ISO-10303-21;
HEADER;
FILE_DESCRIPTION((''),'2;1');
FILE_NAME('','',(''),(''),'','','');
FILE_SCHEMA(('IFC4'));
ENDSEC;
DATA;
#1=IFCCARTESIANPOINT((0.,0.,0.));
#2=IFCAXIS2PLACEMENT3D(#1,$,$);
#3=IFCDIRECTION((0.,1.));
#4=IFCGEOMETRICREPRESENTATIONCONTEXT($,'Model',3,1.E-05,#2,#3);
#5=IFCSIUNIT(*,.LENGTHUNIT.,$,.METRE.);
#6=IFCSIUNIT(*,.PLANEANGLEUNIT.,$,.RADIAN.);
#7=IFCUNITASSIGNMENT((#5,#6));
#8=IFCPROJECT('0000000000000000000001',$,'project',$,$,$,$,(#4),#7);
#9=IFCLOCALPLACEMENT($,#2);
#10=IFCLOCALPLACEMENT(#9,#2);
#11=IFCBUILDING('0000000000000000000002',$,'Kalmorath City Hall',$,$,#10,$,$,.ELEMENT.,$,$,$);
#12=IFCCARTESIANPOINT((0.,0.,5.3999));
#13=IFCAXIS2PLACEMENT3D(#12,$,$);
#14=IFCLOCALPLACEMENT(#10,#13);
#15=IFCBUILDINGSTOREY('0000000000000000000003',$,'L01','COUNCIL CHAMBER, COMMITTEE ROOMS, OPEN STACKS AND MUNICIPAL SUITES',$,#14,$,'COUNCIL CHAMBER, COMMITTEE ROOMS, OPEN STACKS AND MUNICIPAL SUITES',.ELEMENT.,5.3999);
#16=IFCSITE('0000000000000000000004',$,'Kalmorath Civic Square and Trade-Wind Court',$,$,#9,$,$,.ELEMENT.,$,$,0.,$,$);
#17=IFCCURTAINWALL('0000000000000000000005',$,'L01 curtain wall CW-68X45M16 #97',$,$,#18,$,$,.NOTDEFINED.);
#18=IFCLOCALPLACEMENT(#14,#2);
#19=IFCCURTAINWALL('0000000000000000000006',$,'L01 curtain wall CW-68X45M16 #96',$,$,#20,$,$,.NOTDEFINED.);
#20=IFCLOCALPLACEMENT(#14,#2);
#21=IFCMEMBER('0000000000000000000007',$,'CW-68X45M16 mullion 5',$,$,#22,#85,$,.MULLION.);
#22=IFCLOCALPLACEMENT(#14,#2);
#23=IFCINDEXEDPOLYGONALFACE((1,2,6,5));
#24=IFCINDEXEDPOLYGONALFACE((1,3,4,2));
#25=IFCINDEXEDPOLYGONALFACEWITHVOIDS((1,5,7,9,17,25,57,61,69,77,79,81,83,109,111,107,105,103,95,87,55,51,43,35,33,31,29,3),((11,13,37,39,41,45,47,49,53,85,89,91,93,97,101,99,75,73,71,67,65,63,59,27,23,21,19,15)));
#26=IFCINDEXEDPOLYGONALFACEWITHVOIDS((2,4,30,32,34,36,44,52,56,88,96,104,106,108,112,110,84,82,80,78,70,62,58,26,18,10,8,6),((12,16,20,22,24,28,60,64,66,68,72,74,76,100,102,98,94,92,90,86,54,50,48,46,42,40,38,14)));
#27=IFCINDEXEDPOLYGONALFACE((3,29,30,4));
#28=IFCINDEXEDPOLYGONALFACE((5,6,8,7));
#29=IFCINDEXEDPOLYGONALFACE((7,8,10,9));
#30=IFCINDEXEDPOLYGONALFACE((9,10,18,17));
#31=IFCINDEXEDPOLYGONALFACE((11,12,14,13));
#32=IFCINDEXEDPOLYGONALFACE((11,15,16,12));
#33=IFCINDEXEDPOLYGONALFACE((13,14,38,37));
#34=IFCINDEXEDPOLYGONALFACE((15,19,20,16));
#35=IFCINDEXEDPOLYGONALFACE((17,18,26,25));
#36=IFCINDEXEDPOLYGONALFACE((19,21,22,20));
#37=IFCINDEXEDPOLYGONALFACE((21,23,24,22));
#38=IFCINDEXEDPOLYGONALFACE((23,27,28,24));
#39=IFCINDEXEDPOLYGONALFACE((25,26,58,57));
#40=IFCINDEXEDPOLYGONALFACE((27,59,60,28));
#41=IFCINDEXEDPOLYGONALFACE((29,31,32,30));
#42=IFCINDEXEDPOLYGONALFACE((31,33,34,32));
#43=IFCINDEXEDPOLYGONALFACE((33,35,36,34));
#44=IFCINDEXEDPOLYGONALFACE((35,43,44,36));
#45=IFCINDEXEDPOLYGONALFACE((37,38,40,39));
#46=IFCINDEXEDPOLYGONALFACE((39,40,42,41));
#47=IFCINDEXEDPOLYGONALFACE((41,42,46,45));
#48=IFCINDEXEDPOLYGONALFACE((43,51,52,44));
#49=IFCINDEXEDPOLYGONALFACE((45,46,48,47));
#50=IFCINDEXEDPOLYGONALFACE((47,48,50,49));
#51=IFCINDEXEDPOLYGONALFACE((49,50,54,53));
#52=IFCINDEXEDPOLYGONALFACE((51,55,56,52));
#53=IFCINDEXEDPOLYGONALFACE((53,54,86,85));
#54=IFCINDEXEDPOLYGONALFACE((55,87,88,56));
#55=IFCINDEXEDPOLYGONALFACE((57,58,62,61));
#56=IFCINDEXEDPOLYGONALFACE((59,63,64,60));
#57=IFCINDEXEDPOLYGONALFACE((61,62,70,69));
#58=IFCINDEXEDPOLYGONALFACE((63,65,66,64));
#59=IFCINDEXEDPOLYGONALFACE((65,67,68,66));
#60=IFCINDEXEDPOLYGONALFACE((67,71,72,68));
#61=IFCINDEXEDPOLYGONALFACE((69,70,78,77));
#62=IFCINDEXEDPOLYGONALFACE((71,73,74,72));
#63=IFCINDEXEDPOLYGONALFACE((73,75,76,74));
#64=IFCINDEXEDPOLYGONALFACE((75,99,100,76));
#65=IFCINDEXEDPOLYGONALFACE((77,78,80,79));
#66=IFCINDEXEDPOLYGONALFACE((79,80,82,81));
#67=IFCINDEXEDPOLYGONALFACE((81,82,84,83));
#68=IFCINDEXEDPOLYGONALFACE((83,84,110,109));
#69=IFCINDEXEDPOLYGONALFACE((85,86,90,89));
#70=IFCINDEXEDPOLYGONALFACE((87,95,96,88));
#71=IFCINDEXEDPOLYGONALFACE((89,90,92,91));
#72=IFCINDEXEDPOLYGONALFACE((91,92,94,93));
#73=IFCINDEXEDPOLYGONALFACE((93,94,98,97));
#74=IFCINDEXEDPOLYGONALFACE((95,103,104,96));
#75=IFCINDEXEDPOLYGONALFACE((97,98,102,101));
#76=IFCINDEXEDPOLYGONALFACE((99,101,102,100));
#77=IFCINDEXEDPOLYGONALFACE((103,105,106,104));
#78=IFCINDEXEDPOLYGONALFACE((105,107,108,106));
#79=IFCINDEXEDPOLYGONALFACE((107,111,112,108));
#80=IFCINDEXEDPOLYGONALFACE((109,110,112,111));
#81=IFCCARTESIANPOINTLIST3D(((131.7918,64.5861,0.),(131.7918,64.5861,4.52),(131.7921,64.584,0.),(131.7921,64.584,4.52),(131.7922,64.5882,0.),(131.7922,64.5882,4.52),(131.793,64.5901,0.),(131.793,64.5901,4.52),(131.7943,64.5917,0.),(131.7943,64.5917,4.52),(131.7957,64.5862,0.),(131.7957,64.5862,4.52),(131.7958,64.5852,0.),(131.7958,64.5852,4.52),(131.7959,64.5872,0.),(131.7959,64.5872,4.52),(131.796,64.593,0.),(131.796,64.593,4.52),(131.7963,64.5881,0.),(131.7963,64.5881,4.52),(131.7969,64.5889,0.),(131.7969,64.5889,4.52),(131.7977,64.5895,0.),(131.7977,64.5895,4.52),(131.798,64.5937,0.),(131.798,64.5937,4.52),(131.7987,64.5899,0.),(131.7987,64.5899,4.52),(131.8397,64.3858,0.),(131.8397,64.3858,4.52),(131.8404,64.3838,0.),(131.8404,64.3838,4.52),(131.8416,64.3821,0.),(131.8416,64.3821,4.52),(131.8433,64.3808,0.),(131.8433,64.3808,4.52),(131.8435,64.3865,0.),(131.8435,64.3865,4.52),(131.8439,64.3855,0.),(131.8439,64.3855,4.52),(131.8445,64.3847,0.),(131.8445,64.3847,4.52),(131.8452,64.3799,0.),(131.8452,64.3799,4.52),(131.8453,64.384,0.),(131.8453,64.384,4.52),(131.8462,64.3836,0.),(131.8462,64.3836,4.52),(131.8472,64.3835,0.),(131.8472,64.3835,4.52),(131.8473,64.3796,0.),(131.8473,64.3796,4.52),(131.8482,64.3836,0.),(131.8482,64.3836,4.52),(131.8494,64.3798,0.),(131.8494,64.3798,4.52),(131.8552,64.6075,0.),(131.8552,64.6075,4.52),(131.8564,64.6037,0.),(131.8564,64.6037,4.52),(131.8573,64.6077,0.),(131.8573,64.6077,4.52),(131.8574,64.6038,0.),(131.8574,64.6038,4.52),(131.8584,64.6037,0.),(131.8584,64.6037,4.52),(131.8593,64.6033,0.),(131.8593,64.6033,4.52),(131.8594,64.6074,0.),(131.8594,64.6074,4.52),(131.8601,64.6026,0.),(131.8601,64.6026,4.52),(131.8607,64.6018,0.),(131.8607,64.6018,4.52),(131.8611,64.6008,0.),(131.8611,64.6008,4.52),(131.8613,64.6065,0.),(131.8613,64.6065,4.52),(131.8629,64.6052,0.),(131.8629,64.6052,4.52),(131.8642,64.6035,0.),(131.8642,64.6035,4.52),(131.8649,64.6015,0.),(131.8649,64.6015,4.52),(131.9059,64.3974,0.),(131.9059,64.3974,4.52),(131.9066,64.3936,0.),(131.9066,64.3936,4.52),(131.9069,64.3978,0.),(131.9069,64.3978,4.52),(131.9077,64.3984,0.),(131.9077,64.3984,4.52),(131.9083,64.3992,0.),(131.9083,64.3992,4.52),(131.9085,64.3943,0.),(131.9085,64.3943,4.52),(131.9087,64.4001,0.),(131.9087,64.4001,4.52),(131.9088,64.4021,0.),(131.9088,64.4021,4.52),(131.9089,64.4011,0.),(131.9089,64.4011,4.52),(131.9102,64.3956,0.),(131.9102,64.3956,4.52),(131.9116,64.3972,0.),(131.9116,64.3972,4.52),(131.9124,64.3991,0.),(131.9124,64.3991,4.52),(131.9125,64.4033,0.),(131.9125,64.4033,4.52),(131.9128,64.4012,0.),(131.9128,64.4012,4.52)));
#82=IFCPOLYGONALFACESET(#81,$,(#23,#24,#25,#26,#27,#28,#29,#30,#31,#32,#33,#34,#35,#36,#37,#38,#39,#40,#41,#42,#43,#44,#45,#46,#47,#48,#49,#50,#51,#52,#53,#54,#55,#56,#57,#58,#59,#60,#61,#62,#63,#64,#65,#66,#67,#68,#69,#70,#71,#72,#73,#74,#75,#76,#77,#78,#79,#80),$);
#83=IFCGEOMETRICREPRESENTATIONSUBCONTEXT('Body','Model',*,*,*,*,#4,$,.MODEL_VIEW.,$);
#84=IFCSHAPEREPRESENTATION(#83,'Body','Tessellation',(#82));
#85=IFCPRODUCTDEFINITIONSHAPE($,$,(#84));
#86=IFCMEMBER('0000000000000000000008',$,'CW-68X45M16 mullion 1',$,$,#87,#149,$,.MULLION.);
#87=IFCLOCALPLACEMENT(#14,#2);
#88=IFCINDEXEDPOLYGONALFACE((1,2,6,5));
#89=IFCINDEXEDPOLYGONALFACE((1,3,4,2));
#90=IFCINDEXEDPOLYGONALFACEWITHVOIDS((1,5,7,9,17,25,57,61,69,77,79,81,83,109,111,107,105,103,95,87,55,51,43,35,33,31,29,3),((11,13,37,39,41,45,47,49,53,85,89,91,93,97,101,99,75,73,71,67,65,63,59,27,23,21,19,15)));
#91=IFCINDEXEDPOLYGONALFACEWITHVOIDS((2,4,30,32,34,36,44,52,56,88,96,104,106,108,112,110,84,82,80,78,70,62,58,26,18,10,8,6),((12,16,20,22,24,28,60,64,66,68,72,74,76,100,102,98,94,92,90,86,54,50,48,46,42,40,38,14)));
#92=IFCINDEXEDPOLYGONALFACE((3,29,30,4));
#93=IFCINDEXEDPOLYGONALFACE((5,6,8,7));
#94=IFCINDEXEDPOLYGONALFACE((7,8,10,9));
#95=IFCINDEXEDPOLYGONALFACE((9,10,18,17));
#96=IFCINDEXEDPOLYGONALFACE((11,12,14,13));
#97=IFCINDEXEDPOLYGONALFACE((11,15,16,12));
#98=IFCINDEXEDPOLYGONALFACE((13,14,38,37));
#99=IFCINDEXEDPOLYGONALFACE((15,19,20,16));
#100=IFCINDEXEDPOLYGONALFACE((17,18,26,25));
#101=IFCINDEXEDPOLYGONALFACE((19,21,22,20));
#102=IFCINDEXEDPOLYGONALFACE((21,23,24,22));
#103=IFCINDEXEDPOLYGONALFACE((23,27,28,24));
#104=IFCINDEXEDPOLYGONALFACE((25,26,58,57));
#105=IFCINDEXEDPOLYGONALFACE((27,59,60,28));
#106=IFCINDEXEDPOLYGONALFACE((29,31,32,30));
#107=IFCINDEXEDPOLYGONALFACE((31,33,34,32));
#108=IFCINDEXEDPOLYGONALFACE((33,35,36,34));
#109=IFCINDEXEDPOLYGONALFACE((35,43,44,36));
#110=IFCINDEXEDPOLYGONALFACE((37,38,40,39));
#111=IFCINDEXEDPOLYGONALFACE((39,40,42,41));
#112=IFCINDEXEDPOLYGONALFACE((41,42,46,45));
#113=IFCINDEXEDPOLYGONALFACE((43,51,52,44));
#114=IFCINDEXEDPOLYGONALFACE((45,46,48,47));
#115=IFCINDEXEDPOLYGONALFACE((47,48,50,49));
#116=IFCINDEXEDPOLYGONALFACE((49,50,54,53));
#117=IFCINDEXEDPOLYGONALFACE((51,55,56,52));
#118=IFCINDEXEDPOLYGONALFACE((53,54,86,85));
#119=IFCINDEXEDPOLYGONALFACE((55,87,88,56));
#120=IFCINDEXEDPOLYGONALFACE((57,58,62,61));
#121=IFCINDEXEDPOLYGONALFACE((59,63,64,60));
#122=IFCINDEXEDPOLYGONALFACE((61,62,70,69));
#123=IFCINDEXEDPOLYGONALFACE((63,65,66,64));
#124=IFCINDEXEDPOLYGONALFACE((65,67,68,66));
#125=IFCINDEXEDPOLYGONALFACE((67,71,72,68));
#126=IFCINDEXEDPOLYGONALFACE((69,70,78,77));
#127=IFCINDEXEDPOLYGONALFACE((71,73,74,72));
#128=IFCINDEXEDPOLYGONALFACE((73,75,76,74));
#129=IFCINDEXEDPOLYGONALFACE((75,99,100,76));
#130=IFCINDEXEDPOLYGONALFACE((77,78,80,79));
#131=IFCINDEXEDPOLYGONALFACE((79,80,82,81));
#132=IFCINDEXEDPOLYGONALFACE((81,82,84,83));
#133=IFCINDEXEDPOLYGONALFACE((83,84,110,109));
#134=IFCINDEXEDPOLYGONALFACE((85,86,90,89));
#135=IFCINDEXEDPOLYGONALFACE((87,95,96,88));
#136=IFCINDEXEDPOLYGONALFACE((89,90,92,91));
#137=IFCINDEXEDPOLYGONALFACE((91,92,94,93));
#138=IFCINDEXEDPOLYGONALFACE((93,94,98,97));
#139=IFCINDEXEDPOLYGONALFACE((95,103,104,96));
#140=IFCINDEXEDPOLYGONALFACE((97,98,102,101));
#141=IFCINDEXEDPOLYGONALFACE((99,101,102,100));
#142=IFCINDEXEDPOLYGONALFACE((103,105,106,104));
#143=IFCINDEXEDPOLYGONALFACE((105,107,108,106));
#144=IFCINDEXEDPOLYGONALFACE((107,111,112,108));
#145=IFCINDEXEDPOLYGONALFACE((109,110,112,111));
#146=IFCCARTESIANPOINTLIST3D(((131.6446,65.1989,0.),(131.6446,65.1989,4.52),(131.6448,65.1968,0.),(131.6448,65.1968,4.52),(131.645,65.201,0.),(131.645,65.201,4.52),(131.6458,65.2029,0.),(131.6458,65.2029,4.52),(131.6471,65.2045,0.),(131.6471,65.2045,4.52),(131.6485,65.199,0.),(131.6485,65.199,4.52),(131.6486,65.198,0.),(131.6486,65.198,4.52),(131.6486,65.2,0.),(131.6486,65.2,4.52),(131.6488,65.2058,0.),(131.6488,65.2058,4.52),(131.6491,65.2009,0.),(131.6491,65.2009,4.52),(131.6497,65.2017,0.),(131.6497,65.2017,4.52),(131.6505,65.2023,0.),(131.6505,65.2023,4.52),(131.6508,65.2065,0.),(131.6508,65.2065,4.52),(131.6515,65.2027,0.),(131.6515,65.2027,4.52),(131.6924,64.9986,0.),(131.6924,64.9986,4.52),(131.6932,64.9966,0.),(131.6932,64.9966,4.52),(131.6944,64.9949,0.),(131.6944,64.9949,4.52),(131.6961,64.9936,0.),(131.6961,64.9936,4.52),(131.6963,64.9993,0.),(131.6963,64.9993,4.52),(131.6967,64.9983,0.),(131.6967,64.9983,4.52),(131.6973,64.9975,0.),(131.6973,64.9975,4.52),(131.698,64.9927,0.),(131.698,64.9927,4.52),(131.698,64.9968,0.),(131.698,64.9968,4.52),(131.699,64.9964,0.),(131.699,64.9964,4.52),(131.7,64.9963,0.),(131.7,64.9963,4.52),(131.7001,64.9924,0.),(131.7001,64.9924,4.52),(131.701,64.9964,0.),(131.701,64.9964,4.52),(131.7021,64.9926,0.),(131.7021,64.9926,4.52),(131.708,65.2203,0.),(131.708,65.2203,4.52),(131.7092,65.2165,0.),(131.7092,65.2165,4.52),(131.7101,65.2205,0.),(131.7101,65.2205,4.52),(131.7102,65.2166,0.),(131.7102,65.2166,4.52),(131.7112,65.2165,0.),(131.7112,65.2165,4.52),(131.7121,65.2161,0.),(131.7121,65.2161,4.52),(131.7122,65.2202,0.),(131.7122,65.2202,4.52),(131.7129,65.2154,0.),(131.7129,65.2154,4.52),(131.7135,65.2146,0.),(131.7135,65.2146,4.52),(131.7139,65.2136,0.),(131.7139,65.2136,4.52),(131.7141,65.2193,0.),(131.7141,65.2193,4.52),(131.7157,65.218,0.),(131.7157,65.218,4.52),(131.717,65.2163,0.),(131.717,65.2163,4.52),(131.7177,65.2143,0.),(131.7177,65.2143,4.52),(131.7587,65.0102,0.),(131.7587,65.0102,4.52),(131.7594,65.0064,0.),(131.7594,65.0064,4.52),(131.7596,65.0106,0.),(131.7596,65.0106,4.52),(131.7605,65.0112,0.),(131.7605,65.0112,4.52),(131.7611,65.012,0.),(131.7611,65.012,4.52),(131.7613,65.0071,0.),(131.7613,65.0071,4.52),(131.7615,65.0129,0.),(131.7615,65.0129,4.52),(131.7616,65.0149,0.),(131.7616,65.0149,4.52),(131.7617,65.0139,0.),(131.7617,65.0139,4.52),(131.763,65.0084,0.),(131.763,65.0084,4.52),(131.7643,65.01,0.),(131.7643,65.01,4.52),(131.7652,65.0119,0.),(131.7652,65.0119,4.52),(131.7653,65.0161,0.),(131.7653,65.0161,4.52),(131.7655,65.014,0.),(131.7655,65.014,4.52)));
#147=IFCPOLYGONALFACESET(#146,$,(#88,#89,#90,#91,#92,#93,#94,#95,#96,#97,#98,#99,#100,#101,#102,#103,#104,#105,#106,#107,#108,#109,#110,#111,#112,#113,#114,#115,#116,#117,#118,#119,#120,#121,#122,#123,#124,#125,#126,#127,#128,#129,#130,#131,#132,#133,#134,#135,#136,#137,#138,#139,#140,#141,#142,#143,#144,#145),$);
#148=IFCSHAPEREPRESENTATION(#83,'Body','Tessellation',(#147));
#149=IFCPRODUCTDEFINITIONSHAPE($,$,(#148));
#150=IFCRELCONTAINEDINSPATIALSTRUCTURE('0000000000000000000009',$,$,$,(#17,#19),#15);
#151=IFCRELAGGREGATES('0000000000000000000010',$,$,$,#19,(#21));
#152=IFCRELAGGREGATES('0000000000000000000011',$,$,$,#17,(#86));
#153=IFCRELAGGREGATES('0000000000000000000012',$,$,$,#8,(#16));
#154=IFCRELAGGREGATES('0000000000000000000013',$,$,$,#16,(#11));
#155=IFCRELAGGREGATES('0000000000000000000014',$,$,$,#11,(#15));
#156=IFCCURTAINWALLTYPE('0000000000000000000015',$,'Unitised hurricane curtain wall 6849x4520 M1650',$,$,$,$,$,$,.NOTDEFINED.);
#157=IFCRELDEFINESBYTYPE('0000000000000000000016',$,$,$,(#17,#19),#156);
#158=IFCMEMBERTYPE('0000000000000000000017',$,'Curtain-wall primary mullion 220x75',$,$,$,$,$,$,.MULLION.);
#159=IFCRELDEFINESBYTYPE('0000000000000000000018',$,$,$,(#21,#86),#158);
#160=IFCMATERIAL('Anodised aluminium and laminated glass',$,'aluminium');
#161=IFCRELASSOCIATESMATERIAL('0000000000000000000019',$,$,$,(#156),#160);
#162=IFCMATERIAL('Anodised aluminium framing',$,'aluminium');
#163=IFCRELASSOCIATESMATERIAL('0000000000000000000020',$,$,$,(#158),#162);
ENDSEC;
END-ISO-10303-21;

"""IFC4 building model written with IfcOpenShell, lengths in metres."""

from ifc_helpers import new_model, si_unit, direction, frame, origin, origin_2d, place, context, subcontext, project, spatial, hollow_rectangle, extrude, material, material_profile, profile_set, type_object, element, aggregate, save


model = new_model("IFC4")

# Units and contexts
model_context = context("Model", 3, precision=1e-05, world=origin(), true_north=direction((0.0, 1.0)))
body_context = subcontext(model_context, "Body", "Model", "MODEL_VIEW")
ifc_project = project(units=[si_unit("LENGTHUNIT", "METRE"), si_unit("PLANEANGLEUNIT", "RADIAN")], contexts=[model_context])

# Site, building, storey
site_placement = place(None, origin())
site = spatial("IfcSite", under=ifc_project, at=site_placement, Name="Kalmorath Civic Square and Trade-Wind Court", CompositionType="ELEMENT", RefElevation=0.0)
building_placement = place(site_placement, origin())
building = spatial("IfcBuilding", under=site, at=building_placement, Name="Kalmorath City Hall", CompositionType="ELEMENT")
storey_placement = place(building_placement, frame((0.0, 0.0, 5.3999)))
storey = spatial("IfcBuildingStorey", under=building, at=storey_placement, Name="L01", Description="COUNCIL CHAMBER, COMMITTEE ROOMS, OPEN STACKS AND MUNICIPAL SUITES", LongName="COUNCIL CHAMBER, COMMITTEE ROOMS, OPEN STACKS AND MUNICIPAL SUITES", CompositionType="ELEMENT", Elevation=5.3999)

# Curtain wall
ifc_material_1 = material(Name="Anodised aluminium and laminated glass", Category="aluminium")
curtain_wall_type = type_object("IfcCurtainWallType", Name="Unitised hurricane curtain wall 6849x4520 M1650", PredefinedType="NOTDEFINED", material=ifc_material_1)
curtain_wall_1_placement = place(storey_placement, origin())
curtain_wall_1 = element("IfcCurtainWall", 1, at=curtain_wall_1_placement, inside=storey, type_object=curtain_wall_type, Name="L01 curtain wall CW-68X45M16 #97", PredefinedType="NOTDEFINED")

# Curtain wall, member
curtain_wall_2_placement = place(storey_placement, origin())
curtain_wall_2 = element("IfcCurtainWall", 2, at=curtain_wall_2_placement, inside=storey, type_object=curtain_wall_type, Name="L01 curtain wall CW-68X45M16 #96", PredefinedType="NOTDEFINED")
ifc_material_2 = material(Name="Anodised aluminium framing", Category="aluminium")
ifc_material_profile_1 = material_profile(ifc_material_2, hollow_rectangle(XDim=0.075, YDim=0.22, WallThickness=0.0039, InnerFilletRadius=0.0039, OuterFilletRadius=0.0081, at=origin_2d()), Name="ALU-MUL-220X75X4")
ifc_profile_set_1 = profile_set([ifc_material_profile_1], Name="Anodised aluminium framing")
member_type_1 = type_object("IfcMemberType", Name="Curtain-wall primary mullion 220x75", PredefinedType="MULLION", material=ifc_profile_set_1)
member_1_placement = place(storey_placement, frame((131.8523, 64.4937, 0.0), z_axis=(0.0, 0.0, 1.0), x_axis=(-0.972367, -0.233456, 0.0)))
member_1 = element("IfcMember", 3, at=member_1_placement, type_object=member_type_1, Name="CW-68X45M16 mullion 5", PredefinedType="MULLION", context=body_context, shape_type="SweptSolid", body=[
    extrude(hollow_rectangle(XDim=0.075, YDim=0.22, WallThickness=0.0039, InnerFilletRadius=0.0039, OuterFilletRadius=0.0081, at=origin_2d()), origin(), (0.0, 0.0, 1.0), 4.52),
])

# Member
member_2_placement = place(storey_placement, frame((131.7051, 65.1064, 0.0), z_axis=(0.0, 0.0, 1.0), x_axis=(-0.972371, -0.233442, 0.0)))
member_2 = element("IfcMember", 4, at=member_2_placement, type_object=member_type_1, Name="CW-68X45M16 mullion 1", PredefinedType="MULLION", context=body_context, shape_type="SweptSolid", body=[
    extrude(hollow_rectangle(XDim=0.075, YDim=0.22, WallThickness=0.0039, InnerFilletRadius=0.0039, OuterFilletRadius=0.0081, at=origin_2d()), origin(), (0.0, 0.0, 1.0), 4.52),
])

aggregate(curtain_wall_2, [member_1])
aggregate(curtain_wall_1, [member_2])

save(model, "model.ifc")
